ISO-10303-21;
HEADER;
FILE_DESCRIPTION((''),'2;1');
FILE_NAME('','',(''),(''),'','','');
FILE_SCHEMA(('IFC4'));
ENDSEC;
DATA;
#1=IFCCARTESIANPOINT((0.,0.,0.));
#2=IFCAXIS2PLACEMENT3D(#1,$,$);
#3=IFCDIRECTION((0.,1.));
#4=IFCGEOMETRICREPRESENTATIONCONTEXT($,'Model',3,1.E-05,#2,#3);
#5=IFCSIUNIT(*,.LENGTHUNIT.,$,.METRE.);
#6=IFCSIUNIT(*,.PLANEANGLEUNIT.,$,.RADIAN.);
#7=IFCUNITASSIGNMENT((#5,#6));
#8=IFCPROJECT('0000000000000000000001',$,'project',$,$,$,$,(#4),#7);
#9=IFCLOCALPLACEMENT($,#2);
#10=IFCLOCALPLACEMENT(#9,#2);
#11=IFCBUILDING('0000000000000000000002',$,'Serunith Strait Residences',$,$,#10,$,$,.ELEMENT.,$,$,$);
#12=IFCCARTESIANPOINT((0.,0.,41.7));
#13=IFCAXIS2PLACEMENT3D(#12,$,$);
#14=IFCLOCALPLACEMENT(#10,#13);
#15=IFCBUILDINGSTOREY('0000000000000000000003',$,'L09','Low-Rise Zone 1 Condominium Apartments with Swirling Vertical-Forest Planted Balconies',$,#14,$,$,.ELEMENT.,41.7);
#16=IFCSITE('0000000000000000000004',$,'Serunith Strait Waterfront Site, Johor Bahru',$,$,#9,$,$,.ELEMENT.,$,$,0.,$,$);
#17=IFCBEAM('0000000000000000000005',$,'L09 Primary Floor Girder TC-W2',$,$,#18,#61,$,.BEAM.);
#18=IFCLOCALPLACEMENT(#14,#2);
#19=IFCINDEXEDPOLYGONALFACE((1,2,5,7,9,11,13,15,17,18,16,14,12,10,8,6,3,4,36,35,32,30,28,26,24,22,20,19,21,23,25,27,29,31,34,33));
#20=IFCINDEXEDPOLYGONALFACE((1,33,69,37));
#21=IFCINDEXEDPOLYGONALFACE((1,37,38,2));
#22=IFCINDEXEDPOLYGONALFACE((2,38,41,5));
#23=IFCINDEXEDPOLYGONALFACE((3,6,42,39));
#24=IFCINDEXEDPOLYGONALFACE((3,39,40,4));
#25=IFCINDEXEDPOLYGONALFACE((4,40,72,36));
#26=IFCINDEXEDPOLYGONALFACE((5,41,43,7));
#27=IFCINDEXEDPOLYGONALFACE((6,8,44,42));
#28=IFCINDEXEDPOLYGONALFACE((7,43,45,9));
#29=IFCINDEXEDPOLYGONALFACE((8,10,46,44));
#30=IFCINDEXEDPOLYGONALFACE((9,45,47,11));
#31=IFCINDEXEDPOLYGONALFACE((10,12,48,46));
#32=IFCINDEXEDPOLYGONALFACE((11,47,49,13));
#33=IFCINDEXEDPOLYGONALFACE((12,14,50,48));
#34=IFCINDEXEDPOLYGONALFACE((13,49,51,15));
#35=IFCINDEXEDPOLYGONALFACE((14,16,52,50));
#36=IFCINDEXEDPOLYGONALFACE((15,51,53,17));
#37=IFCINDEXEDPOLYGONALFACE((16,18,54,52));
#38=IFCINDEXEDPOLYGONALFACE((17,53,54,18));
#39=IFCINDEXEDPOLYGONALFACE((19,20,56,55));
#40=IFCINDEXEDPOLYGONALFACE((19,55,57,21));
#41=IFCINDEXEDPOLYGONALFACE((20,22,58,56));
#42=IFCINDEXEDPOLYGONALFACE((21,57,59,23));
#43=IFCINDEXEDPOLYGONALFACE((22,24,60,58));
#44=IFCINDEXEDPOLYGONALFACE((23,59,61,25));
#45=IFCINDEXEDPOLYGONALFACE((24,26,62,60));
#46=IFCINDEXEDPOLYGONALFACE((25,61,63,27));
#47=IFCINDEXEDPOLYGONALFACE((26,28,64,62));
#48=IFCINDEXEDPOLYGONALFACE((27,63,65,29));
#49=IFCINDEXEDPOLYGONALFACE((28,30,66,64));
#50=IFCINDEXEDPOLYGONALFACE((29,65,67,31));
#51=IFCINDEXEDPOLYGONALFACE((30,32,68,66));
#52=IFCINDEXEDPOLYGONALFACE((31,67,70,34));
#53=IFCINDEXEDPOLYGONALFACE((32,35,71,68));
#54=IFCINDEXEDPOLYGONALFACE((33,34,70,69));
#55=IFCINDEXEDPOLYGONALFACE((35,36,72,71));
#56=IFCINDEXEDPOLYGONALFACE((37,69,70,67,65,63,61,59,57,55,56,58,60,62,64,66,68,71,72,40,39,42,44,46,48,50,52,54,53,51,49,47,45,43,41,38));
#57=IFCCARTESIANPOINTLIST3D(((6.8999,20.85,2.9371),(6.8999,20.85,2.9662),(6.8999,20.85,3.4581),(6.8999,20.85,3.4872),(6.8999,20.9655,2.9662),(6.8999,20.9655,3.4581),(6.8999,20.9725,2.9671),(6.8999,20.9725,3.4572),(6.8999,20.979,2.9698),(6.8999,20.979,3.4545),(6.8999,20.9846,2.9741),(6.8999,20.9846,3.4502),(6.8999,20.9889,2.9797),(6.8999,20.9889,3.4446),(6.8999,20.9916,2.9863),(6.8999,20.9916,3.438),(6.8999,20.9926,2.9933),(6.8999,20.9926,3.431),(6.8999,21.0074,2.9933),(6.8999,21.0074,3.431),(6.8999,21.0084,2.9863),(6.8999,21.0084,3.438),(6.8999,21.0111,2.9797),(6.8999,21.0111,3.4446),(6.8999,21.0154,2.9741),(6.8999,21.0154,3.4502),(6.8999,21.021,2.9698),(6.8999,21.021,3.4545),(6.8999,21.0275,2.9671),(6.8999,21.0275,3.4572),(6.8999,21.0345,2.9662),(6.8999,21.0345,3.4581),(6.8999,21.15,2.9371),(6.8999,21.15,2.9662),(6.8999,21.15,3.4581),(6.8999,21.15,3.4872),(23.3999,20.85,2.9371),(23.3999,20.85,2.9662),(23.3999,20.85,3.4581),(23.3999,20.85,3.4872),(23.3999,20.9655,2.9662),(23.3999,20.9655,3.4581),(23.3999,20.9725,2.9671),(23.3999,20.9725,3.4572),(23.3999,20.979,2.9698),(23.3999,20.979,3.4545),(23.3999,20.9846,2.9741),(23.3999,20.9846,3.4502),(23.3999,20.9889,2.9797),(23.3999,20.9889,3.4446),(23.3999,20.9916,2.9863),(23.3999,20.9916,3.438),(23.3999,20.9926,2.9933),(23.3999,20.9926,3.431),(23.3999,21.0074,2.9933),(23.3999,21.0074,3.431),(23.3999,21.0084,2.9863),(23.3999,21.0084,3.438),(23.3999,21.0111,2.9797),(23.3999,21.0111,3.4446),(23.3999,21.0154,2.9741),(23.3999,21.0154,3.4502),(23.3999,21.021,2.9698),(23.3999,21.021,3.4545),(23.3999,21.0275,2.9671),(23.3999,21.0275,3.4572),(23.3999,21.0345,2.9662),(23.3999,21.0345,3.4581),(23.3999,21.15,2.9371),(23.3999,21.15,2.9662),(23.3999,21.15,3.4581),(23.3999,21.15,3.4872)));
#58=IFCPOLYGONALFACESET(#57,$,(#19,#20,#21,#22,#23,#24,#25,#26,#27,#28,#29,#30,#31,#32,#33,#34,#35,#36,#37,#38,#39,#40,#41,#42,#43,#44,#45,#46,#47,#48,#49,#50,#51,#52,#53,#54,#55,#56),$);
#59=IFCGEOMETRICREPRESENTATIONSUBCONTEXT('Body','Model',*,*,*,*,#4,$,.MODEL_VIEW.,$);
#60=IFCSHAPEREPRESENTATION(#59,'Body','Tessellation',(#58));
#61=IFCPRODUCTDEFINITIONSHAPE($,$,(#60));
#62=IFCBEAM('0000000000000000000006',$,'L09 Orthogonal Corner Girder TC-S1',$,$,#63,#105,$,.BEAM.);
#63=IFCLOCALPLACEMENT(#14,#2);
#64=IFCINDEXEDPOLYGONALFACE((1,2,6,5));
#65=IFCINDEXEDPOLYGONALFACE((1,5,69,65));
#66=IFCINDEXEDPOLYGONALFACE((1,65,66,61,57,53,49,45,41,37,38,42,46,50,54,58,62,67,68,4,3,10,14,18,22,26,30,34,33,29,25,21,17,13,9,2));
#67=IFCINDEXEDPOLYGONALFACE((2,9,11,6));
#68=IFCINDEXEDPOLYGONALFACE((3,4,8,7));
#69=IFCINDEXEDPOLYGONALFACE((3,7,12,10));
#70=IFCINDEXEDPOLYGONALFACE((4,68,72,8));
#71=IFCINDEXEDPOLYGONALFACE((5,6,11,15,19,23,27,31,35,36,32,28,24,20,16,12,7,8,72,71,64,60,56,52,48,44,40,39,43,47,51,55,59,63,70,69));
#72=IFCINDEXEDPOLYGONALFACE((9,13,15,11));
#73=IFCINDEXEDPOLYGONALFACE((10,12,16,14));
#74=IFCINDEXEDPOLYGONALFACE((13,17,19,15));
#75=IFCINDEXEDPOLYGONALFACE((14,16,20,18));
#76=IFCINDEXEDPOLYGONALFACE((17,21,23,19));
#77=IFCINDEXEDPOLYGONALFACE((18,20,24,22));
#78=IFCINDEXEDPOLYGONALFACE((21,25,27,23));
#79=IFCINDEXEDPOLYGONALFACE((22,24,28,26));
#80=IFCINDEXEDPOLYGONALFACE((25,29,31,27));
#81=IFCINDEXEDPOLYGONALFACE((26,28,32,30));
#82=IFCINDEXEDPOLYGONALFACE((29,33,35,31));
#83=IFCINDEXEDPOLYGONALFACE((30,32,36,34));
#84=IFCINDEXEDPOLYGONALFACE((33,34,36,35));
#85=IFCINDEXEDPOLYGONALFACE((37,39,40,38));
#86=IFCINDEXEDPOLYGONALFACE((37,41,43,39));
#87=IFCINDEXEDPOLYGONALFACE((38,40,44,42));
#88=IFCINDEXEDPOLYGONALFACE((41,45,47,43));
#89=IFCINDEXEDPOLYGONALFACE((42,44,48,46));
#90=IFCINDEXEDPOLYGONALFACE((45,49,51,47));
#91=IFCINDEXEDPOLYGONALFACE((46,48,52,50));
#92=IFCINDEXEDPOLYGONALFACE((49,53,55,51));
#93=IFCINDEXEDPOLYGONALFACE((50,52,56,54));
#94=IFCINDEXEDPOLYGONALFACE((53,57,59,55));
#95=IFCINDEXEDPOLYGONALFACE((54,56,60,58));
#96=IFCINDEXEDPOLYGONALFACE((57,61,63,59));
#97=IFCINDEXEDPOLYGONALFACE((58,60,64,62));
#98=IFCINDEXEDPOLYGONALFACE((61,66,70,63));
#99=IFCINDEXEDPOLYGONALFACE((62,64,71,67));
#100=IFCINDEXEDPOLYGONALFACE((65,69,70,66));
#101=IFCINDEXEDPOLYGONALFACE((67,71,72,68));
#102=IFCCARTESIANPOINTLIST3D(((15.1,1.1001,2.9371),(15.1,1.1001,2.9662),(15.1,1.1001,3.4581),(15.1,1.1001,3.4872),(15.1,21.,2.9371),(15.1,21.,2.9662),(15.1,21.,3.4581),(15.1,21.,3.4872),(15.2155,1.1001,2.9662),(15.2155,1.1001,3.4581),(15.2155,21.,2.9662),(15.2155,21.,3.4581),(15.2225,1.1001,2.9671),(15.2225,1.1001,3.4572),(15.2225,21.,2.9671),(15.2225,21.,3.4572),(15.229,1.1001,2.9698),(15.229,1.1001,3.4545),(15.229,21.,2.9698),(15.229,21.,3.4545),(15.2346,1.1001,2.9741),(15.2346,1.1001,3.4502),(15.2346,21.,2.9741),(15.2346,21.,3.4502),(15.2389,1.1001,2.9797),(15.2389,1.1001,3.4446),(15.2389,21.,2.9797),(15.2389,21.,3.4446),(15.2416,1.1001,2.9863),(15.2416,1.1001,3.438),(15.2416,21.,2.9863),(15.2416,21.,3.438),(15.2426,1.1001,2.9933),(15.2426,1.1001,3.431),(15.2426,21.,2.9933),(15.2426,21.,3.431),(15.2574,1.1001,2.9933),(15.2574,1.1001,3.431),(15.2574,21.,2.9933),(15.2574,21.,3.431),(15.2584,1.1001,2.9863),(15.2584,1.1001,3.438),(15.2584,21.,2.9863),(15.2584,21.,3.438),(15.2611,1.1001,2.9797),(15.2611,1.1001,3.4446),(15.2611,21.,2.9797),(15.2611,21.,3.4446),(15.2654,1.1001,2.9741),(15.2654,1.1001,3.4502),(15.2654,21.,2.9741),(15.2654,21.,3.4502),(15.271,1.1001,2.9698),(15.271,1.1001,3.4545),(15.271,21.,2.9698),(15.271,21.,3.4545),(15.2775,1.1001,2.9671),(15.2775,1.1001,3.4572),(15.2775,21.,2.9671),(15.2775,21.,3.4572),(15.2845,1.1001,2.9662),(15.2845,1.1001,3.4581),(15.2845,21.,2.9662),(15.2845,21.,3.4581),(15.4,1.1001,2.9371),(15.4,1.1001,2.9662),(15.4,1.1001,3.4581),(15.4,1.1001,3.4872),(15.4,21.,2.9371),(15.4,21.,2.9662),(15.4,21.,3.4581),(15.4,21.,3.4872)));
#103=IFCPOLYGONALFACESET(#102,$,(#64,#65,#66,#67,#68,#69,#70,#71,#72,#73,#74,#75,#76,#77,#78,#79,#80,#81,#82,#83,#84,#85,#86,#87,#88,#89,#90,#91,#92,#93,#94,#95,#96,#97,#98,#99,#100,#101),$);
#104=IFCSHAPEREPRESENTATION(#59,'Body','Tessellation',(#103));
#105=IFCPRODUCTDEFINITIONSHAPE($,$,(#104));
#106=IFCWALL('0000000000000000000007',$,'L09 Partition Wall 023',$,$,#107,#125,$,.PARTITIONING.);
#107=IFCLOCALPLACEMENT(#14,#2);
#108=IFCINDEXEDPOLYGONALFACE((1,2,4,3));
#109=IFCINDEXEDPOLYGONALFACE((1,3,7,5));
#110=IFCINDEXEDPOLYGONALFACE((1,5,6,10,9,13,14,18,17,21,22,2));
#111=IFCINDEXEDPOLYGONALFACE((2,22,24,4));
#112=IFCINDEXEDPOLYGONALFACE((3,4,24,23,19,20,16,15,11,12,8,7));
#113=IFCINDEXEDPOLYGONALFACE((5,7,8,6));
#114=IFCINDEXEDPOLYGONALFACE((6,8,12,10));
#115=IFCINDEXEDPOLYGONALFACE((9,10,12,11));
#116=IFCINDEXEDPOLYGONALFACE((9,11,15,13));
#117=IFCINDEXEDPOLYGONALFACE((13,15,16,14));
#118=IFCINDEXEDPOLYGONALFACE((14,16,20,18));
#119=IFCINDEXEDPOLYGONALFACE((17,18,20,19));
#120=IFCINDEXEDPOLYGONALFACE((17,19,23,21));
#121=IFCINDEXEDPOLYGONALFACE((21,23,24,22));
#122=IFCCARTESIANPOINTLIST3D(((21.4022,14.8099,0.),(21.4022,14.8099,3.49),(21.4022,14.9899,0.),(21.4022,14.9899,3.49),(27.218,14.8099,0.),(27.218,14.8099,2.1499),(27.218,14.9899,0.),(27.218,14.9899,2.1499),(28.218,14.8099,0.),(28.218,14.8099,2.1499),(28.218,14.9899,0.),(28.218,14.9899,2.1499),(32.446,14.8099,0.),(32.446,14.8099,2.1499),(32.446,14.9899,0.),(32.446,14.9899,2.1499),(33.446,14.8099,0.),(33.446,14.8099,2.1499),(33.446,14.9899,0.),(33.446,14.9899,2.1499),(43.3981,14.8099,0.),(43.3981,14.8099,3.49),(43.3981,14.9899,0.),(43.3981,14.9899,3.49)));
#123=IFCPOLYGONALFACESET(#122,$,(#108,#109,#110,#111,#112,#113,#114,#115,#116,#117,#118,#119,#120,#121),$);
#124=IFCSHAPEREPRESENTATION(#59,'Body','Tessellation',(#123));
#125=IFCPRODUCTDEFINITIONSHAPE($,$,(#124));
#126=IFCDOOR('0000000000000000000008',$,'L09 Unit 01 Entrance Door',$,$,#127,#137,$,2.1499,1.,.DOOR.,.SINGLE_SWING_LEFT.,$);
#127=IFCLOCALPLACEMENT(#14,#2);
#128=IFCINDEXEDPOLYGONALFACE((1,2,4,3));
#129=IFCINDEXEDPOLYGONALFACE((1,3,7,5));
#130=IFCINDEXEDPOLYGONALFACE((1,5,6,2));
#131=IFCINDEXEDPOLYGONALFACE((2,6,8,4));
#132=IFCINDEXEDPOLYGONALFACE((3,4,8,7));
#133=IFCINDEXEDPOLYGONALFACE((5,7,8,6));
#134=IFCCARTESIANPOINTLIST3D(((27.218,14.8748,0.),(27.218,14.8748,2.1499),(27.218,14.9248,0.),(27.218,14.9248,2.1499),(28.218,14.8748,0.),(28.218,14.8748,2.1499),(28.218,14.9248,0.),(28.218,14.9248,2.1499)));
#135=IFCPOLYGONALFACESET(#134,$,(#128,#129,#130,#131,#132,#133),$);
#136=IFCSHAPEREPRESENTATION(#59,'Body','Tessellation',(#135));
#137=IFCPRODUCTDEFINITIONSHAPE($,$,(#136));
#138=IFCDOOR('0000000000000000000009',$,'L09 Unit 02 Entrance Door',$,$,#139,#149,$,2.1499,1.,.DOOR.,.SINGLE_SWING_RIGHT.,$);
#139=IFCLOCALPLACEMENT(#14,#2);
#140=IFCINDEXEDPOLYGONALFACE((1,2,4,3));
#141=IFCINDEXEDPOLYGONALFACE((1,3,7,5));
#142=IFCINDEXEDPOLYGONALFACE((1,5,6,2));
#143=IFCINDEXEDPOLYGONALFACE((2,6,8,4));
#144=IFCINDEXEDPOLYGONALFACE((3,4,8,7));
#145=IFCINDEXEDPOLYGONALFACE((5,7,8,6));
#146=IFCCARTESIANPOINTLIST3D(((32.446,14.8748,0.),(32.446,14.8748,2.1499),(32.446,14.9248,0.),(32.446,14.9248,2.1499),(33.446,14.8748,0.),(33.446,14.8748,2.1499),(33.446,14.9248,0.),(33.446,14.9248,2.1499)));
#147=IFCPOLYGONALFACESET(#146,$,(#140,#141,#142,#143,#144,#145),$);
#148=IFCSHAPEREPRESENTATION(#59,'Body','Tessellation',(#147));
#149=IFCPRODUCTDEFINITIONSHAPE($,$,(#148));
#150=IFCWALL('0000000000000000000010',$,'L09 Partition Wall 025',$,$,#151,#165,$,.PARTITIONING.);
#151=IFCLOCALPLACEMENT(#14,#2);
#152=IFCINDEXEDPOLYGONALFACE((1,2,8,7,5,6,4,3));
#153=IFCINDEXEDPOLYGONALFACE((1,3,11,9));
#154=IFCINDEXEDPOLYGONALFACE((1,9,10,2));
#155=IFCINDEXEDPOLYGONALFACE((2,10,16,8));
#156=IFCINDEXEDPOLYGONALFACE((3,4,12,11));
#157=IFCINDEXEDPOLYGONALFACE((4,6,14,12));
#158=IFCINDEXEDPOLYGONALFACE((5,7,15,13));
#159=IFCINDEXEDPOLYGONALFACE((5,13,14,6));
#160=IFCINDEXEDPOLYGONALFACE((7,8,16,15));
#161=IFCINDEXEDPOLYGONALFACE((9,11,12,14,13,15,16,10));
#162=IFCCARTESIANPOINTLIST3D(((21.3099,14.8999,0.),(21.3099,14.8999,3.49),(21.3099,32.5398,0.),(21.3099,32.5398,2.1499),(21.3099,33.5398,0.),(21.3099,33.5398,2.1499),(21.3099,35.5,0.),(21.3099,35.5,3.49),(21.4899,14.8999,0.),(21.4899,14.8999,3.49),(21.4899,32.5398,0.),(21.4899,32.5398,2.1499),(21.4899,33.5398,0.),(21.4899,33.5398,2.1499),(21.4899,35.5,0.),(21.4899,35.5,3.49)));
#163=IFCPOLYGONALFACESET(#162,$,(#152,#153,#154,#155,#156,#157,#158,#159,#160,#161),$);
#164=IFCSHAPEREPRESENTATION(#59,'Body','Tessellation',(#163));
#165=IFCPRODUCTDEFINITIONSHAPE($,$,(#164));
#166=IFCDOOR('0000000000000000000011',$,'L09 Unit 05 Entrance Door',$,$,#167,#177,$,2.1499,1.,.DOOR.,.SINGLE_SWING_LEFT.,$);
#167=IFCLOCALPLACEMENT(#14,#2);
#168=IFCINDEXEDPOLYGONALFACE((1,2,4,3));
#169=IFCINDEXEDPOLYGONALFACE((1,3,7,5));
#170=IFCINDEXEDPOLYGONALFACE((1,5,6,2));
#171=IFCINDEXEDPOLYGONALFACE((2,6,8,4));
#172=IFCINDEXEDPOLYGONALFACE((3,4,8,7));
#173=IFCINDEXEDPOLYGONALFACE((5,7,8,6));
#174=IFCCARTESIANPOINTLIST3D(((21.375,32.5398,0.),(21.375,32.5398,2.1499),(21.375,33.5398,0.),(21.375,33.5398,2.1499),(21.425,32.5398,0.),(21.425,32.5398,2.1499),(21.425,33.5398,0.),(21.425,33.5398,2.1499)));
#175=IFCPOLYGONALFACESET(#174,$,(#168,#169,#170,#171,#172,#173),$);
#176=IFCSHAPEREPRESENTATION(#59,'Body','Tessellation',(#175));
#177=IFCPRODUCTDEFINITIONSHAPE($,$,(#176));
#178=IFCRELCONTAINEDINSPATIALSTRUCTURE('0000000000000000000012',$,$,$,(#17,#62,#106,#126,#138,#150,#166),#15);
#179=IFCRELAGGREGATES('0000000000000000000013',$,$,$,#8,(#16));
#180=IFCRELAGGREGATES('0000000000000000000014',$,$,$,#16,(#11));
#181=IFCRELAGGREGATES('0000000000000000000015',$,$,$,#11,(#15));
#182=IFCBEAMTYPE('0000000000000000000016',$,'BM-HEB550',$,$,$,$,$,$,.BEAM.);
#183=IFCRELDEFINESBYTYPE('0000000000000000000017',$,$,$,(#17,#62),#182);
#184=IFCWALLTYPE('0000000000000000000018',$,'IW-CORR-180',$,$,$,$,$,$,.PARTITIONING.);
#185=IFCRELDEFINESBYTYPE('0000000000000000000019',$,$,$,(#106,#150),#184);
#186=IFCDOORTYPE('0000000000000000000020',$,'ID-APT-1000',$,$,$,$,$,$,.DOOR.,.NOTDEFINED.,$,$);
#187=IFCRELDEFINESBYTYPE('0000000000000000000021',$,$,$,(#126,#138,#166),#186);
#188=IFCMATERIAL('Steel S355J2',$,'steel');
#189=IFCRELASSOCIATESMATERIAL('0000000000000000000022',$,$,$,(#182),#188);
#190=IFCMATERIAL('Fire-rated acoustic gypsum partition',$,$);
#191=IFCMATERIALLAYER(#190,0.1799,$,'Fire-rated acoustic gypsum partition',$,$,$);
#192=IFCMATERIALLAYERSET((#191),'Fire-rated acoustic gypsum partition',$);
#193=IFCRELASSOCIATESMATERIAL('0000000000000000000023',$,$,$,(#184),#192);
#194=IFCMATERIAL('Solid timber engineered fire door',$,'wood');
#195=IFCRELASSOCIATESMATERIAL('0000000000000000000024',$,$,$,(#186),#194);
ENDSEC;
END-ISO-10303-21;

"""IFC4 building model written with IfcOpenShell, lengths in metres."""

from ifc_helpers import new_model, si_unit, direction, frame, frame_2d, origin, origin_2d, place, context, subcontext, project, spatial, rectangle, i_section, extrude, source, transform, mapped, material, layer, layer_set, material_profile, profile_set, type_object, element, fill, save


model = new_model("IFC4")

# Units and contexts
model_context = context("Model", 3, precision=1e-05, world=origin(), true_north=direction((0.0, 1.0)))
body_context = subcontext(model_context, "Body", "Model", "MODEL_VIEW")
ifc_project = project(units=[si_unit("LENGTHUNIT", "METRE"), si_unit("PLANEANGLEUNIT", "RADIAN")], contexts=[model_context])

# Site, building, storey
site_placement = place(None, origin())
site = spatial("IfcSite", under=ifc_project, at=site_placement, Name="Serunith Strait Waterfront Site, Johor Bahru", CompositionType="ELEMENT", RefElevation=0.0)
building_placement = place(site_placement, origin())
building = spatial("IfcBuilding", under=site, at=building_placement, Name="Serunith Strait Residences", CompositionType="ELEMENT")
storey_placement = place(building_placement, frame((0.0, 0.0, 41.7)))
storey = spatial("IfcBuildingStorey", under=building, at=storey_placement, Name="L09", Description="Low-Rise Zone 1 Condominium Apartments with Swirling Vertical-Forest Planted Balconies", CompositionType="ELEMENT", Elevation=41.7)

# Beams
ifc_material_1 = material(Name="Steel S355J2", Category="steel")
ifc_material_profile = material_profile(ifc_material_1, i_section(OverallWidth=0.3, OverallDepth=0.55, WebThickness=0.0149, FlangeThickness=0.0291, FilletRadius=0.0271, at=origin_2d()), Name="HEB 550")
ifc_profile_set = profile_set([ifc_material_profile], Name="Steel S355J2")
beam_type = type_object("IfcBeamType", Name="BM-HEB550", PredefinedType="BEAM", material=ifc_profile_set)
shared_shape_1 = source(origin(), body_context, "Body", "SweptSolid", [
    extrude(i_section(OverallWidth=0.3, OverallDepth=0.55, WebThickness=0.0149, FlangeThickness=0.0291, FilletRadius=0.0271, at=origin_2d()), origin(), (0.0, 0.0, 1.0), 16.5),
])
beam_1_placement = place(storey_placement, frame((23.3999, 21.0, 3.2122), z_axis=(-1.0, 0.0, 0.0), x_axis=(0.0, -1.0, 0.0)))
element("IfcBeam", 1, at=beam_1_placement, inside=storey, type_object=beam_type, Name="L09 Primary Floor Girder TC-W2", PredefinedType="BEAM", context=body_context, shape_type="MappedRepresentation", body=[
    mapped(shared_shape_1, transform((0.0, 0.0, 0.0), scale=1.0)),
])
shared_shape_2 = source(origin(), body_context, "Body", "SweptSolid", [
    extrude(i_section(OverallWidth=0.3, OverallDepth=0.55, WebThickness=0.0149, FlangeThickness=0.0291, FilletRadius=0.0271, at=origin_2d()), origin(), (0.0, 0.0, 1.0), 19.8999),
])
beam_2_placement = place(storey_placement, frame((15.25, 21.0, 3.2122), z_axis=(0.0, -1.0, 0.0), x_axis=(1.0, 0.0, 0.0)))
element("IfcBeam", 2, at=beam_2_placement, inside=storey, type_object=beam_type, Name="L09 Orthogonal Corner Girder TC-S1", PredefinedType="BEAM", context=body_context, shape_type="MappedRepresentation", body=[
    mapped(shared_shape_2, transform((0.0, 0.0, 0.0), scale=1.0)),
])

# Wall, openings, doors
ifc_material_2 = material(Name="Fire-rated acoustic gypsum partition")
ifc_layer_1 = layer(ifc_material_2, 0.1799, Name="Fire-rated acoustic gypsum partition")
ifc_layer_set_1 = layer_set([ifc_layer_1], Name="Fire-rated acoustic gypsum partition")
wall_type_1 = type_object("IfcWallType", Name="IW-CORR-180", PredefinedType="PARTITIONING", material=ifc_layer_set_1)
wall_1_placement = place(storey_placement, frame((21.4021, 14.8999, 0.0), z_axis=(0.0, 0.0, 1.0), x_axis=(1.0, 0.0, 0.0)))
wall_1 = element("IfcWall", 3, at=wall_1_placement, inside=storey, type_object=wall_type_1, Name="L09 Partition Wall 023", PredefinedType="PARTITIONING", context=body_context, shape_type="SweptSolid", body=[
    extrude(rectangle(XDim=21.9958, YDim=0.1799, at=frame_2d((10.998, 0.0))), origin(), (0.0, 0.0, 1.0), 3.49),
])
opening_1_placement = place(wall_1_placement, frame((5.8159, 0.0, 0.0)))
opening_1 = element("IfcOpeningElement", 4, at=opening_1_placement, cuts=wall_1, PredefinedType="OPENING", context=body_context, shape_type="SweptSolid", body=[
    extrude(rectangle(XDim=1.0, YDim=2.1499, at=frame_2d((0.5, 1.075))), frame((0.0, 0.1001, 0.0), z_axis=(0.0, -1.0, 0.0), x_axis=(1.0, 0.0, 0.0)), (0.0, 0.0, 1.0), 0.2),
])
opening_2_placement = place(wall_1_placement, frame((11.0439, 0.0, 0.0)))
opening_2 = element("IfcOpeningElement", 5, at=opening_2_placement, cuts=wall_1, PredefinedType="OPENING", context=body_context, shape_type="SweptSolid", body=[
    extrude(rectangle(XDim=1.0, YDim=2.1499, at=frame_2d((0.5, 1.075))), frame((0.0, 0.1001, 0.0), z_axis=(0.0, -1.0, 0.0), x_axis=(1.0, 0.0, 0.0)), (0.0, 0.0, 1.0), 0.2),
])
ifc_material_3 = material(Name="Solid timber engineered fire door", Category="wood")
door_type_1 = type_object("IfcDoorType", Name="ID-APT-1000", OperationType="NOTDEFINED", PredefinedType="DOOR", material=ifc_material_3)
shared_shape_3 = source(origin(), body_context, "Body", "SweptSolid", [
    extrude(rectangle(XDim=1.0, YDim=2.1499, at=frame_2d((0.5, 1.075))), frame((0.0, 0.0249, 0.0), z_axis=(0.0, -1.0, 0.0), x_axis=(1.0, 0.0, 0.0)), (0.0, 0.0, 1.0), 0.05),
])
door_1_placement = place(opening_1_placement, origin())
door_1 = element("IfcDoor", 6, at=door_1_placement, inside=storey, type_object=door_type_1, Name="L09 Unit 01 Entrance Door", OperationType="SINGLE_SWING_LEFT", OverallHeight=2.1499, OverallWidth=1.0, PredefinedType="DOOR", context=body_context, shape_type="MappedRepresentation", body=[
    mapped(shared_shape_3, transform((0.0, 0.0, 0.0), scale=1.0)),
])
fill(opening_1, door_1)
door_2_placement = place(opening_2_placement, origin())
door_2 = element("IfcDoor", 7, at=door_2_placement, inside=storey, type_object=door_type_1, Name="L09 Unit 02 Entrance Door", OperationType="SINGLE_SWING_RIGHT", OverallHeight=2.1499, OverallWidth=1.0, PredefinedType="DOOR", context=body_context, shape_type="MappedRepresentation", body=[
    mapped(shared_shape_3, transform((0.0, 0.0, 0.0), scale=1.0)),
])
fill(opening_2, door_2)

# Wall, opening, door
wall_2_placement = place(storey_placement, frame((21.3999, 14.8999, 0.0), z_axis=(0.0, 0.0, 1.0), x_axis=(0.0, 1.0, 0.0)))
wall_2 = element("IfcWall", 8, at=wall_2_placement, inside=storey, type_object=wall_type_1, Name="L09 Partition Wall 025", PredefinedType="PARTITIONING", context=body_context, shape_type="SweptSolid", body=[
    extrude(rectangle(XDim=20.6001, YDim=0.1799, at=frame_2d((10.3, 0.0))), origin(), (0.0, 0.0, 1.0), 3.49),
])
opening_3_placement = place(wall_2_placement, frame((17.6399, 0.0, 0.0)))
opening_3 = element("IfcOpeningElement", 9, at=opening_3_placement, cuts=wall_2, PredefinedType="OPENING", context=body_context, shape_type="SweptSolid", body=[
    extrude(rectangle(XDim=1.0, YDim=2.1499, at=frame_2d((0.5, 1.075))), frame((0.0, 0.1001, 0.0), z_axis=(0.0, -1.0, 0.0), x_axis=(1.0, 0.0, 0.0)), (0.0, 0.0, 1.0), 0.2),
])
door_3_placement = place(opening_3_placement, origin())
door_3 = element("IfcDoor", 10, at=door_3_placement, inside=storey, type_object=door_type_1, Name="L09 Unit 05 Entrance Door", OperationType="SINGLE_SWING_LEFT", OverallHeight=2.1499, OverallWidth=1.0, PredefinedType="DOOR", context=body_context, shape_type="MappedRepresentation", body=[
    mapped(shared_shape_3, transform((0.0, 0.0, 0.0), scale=1.0)),
])
fill(opening_3, door_3)

save(model, "model.ifc")
